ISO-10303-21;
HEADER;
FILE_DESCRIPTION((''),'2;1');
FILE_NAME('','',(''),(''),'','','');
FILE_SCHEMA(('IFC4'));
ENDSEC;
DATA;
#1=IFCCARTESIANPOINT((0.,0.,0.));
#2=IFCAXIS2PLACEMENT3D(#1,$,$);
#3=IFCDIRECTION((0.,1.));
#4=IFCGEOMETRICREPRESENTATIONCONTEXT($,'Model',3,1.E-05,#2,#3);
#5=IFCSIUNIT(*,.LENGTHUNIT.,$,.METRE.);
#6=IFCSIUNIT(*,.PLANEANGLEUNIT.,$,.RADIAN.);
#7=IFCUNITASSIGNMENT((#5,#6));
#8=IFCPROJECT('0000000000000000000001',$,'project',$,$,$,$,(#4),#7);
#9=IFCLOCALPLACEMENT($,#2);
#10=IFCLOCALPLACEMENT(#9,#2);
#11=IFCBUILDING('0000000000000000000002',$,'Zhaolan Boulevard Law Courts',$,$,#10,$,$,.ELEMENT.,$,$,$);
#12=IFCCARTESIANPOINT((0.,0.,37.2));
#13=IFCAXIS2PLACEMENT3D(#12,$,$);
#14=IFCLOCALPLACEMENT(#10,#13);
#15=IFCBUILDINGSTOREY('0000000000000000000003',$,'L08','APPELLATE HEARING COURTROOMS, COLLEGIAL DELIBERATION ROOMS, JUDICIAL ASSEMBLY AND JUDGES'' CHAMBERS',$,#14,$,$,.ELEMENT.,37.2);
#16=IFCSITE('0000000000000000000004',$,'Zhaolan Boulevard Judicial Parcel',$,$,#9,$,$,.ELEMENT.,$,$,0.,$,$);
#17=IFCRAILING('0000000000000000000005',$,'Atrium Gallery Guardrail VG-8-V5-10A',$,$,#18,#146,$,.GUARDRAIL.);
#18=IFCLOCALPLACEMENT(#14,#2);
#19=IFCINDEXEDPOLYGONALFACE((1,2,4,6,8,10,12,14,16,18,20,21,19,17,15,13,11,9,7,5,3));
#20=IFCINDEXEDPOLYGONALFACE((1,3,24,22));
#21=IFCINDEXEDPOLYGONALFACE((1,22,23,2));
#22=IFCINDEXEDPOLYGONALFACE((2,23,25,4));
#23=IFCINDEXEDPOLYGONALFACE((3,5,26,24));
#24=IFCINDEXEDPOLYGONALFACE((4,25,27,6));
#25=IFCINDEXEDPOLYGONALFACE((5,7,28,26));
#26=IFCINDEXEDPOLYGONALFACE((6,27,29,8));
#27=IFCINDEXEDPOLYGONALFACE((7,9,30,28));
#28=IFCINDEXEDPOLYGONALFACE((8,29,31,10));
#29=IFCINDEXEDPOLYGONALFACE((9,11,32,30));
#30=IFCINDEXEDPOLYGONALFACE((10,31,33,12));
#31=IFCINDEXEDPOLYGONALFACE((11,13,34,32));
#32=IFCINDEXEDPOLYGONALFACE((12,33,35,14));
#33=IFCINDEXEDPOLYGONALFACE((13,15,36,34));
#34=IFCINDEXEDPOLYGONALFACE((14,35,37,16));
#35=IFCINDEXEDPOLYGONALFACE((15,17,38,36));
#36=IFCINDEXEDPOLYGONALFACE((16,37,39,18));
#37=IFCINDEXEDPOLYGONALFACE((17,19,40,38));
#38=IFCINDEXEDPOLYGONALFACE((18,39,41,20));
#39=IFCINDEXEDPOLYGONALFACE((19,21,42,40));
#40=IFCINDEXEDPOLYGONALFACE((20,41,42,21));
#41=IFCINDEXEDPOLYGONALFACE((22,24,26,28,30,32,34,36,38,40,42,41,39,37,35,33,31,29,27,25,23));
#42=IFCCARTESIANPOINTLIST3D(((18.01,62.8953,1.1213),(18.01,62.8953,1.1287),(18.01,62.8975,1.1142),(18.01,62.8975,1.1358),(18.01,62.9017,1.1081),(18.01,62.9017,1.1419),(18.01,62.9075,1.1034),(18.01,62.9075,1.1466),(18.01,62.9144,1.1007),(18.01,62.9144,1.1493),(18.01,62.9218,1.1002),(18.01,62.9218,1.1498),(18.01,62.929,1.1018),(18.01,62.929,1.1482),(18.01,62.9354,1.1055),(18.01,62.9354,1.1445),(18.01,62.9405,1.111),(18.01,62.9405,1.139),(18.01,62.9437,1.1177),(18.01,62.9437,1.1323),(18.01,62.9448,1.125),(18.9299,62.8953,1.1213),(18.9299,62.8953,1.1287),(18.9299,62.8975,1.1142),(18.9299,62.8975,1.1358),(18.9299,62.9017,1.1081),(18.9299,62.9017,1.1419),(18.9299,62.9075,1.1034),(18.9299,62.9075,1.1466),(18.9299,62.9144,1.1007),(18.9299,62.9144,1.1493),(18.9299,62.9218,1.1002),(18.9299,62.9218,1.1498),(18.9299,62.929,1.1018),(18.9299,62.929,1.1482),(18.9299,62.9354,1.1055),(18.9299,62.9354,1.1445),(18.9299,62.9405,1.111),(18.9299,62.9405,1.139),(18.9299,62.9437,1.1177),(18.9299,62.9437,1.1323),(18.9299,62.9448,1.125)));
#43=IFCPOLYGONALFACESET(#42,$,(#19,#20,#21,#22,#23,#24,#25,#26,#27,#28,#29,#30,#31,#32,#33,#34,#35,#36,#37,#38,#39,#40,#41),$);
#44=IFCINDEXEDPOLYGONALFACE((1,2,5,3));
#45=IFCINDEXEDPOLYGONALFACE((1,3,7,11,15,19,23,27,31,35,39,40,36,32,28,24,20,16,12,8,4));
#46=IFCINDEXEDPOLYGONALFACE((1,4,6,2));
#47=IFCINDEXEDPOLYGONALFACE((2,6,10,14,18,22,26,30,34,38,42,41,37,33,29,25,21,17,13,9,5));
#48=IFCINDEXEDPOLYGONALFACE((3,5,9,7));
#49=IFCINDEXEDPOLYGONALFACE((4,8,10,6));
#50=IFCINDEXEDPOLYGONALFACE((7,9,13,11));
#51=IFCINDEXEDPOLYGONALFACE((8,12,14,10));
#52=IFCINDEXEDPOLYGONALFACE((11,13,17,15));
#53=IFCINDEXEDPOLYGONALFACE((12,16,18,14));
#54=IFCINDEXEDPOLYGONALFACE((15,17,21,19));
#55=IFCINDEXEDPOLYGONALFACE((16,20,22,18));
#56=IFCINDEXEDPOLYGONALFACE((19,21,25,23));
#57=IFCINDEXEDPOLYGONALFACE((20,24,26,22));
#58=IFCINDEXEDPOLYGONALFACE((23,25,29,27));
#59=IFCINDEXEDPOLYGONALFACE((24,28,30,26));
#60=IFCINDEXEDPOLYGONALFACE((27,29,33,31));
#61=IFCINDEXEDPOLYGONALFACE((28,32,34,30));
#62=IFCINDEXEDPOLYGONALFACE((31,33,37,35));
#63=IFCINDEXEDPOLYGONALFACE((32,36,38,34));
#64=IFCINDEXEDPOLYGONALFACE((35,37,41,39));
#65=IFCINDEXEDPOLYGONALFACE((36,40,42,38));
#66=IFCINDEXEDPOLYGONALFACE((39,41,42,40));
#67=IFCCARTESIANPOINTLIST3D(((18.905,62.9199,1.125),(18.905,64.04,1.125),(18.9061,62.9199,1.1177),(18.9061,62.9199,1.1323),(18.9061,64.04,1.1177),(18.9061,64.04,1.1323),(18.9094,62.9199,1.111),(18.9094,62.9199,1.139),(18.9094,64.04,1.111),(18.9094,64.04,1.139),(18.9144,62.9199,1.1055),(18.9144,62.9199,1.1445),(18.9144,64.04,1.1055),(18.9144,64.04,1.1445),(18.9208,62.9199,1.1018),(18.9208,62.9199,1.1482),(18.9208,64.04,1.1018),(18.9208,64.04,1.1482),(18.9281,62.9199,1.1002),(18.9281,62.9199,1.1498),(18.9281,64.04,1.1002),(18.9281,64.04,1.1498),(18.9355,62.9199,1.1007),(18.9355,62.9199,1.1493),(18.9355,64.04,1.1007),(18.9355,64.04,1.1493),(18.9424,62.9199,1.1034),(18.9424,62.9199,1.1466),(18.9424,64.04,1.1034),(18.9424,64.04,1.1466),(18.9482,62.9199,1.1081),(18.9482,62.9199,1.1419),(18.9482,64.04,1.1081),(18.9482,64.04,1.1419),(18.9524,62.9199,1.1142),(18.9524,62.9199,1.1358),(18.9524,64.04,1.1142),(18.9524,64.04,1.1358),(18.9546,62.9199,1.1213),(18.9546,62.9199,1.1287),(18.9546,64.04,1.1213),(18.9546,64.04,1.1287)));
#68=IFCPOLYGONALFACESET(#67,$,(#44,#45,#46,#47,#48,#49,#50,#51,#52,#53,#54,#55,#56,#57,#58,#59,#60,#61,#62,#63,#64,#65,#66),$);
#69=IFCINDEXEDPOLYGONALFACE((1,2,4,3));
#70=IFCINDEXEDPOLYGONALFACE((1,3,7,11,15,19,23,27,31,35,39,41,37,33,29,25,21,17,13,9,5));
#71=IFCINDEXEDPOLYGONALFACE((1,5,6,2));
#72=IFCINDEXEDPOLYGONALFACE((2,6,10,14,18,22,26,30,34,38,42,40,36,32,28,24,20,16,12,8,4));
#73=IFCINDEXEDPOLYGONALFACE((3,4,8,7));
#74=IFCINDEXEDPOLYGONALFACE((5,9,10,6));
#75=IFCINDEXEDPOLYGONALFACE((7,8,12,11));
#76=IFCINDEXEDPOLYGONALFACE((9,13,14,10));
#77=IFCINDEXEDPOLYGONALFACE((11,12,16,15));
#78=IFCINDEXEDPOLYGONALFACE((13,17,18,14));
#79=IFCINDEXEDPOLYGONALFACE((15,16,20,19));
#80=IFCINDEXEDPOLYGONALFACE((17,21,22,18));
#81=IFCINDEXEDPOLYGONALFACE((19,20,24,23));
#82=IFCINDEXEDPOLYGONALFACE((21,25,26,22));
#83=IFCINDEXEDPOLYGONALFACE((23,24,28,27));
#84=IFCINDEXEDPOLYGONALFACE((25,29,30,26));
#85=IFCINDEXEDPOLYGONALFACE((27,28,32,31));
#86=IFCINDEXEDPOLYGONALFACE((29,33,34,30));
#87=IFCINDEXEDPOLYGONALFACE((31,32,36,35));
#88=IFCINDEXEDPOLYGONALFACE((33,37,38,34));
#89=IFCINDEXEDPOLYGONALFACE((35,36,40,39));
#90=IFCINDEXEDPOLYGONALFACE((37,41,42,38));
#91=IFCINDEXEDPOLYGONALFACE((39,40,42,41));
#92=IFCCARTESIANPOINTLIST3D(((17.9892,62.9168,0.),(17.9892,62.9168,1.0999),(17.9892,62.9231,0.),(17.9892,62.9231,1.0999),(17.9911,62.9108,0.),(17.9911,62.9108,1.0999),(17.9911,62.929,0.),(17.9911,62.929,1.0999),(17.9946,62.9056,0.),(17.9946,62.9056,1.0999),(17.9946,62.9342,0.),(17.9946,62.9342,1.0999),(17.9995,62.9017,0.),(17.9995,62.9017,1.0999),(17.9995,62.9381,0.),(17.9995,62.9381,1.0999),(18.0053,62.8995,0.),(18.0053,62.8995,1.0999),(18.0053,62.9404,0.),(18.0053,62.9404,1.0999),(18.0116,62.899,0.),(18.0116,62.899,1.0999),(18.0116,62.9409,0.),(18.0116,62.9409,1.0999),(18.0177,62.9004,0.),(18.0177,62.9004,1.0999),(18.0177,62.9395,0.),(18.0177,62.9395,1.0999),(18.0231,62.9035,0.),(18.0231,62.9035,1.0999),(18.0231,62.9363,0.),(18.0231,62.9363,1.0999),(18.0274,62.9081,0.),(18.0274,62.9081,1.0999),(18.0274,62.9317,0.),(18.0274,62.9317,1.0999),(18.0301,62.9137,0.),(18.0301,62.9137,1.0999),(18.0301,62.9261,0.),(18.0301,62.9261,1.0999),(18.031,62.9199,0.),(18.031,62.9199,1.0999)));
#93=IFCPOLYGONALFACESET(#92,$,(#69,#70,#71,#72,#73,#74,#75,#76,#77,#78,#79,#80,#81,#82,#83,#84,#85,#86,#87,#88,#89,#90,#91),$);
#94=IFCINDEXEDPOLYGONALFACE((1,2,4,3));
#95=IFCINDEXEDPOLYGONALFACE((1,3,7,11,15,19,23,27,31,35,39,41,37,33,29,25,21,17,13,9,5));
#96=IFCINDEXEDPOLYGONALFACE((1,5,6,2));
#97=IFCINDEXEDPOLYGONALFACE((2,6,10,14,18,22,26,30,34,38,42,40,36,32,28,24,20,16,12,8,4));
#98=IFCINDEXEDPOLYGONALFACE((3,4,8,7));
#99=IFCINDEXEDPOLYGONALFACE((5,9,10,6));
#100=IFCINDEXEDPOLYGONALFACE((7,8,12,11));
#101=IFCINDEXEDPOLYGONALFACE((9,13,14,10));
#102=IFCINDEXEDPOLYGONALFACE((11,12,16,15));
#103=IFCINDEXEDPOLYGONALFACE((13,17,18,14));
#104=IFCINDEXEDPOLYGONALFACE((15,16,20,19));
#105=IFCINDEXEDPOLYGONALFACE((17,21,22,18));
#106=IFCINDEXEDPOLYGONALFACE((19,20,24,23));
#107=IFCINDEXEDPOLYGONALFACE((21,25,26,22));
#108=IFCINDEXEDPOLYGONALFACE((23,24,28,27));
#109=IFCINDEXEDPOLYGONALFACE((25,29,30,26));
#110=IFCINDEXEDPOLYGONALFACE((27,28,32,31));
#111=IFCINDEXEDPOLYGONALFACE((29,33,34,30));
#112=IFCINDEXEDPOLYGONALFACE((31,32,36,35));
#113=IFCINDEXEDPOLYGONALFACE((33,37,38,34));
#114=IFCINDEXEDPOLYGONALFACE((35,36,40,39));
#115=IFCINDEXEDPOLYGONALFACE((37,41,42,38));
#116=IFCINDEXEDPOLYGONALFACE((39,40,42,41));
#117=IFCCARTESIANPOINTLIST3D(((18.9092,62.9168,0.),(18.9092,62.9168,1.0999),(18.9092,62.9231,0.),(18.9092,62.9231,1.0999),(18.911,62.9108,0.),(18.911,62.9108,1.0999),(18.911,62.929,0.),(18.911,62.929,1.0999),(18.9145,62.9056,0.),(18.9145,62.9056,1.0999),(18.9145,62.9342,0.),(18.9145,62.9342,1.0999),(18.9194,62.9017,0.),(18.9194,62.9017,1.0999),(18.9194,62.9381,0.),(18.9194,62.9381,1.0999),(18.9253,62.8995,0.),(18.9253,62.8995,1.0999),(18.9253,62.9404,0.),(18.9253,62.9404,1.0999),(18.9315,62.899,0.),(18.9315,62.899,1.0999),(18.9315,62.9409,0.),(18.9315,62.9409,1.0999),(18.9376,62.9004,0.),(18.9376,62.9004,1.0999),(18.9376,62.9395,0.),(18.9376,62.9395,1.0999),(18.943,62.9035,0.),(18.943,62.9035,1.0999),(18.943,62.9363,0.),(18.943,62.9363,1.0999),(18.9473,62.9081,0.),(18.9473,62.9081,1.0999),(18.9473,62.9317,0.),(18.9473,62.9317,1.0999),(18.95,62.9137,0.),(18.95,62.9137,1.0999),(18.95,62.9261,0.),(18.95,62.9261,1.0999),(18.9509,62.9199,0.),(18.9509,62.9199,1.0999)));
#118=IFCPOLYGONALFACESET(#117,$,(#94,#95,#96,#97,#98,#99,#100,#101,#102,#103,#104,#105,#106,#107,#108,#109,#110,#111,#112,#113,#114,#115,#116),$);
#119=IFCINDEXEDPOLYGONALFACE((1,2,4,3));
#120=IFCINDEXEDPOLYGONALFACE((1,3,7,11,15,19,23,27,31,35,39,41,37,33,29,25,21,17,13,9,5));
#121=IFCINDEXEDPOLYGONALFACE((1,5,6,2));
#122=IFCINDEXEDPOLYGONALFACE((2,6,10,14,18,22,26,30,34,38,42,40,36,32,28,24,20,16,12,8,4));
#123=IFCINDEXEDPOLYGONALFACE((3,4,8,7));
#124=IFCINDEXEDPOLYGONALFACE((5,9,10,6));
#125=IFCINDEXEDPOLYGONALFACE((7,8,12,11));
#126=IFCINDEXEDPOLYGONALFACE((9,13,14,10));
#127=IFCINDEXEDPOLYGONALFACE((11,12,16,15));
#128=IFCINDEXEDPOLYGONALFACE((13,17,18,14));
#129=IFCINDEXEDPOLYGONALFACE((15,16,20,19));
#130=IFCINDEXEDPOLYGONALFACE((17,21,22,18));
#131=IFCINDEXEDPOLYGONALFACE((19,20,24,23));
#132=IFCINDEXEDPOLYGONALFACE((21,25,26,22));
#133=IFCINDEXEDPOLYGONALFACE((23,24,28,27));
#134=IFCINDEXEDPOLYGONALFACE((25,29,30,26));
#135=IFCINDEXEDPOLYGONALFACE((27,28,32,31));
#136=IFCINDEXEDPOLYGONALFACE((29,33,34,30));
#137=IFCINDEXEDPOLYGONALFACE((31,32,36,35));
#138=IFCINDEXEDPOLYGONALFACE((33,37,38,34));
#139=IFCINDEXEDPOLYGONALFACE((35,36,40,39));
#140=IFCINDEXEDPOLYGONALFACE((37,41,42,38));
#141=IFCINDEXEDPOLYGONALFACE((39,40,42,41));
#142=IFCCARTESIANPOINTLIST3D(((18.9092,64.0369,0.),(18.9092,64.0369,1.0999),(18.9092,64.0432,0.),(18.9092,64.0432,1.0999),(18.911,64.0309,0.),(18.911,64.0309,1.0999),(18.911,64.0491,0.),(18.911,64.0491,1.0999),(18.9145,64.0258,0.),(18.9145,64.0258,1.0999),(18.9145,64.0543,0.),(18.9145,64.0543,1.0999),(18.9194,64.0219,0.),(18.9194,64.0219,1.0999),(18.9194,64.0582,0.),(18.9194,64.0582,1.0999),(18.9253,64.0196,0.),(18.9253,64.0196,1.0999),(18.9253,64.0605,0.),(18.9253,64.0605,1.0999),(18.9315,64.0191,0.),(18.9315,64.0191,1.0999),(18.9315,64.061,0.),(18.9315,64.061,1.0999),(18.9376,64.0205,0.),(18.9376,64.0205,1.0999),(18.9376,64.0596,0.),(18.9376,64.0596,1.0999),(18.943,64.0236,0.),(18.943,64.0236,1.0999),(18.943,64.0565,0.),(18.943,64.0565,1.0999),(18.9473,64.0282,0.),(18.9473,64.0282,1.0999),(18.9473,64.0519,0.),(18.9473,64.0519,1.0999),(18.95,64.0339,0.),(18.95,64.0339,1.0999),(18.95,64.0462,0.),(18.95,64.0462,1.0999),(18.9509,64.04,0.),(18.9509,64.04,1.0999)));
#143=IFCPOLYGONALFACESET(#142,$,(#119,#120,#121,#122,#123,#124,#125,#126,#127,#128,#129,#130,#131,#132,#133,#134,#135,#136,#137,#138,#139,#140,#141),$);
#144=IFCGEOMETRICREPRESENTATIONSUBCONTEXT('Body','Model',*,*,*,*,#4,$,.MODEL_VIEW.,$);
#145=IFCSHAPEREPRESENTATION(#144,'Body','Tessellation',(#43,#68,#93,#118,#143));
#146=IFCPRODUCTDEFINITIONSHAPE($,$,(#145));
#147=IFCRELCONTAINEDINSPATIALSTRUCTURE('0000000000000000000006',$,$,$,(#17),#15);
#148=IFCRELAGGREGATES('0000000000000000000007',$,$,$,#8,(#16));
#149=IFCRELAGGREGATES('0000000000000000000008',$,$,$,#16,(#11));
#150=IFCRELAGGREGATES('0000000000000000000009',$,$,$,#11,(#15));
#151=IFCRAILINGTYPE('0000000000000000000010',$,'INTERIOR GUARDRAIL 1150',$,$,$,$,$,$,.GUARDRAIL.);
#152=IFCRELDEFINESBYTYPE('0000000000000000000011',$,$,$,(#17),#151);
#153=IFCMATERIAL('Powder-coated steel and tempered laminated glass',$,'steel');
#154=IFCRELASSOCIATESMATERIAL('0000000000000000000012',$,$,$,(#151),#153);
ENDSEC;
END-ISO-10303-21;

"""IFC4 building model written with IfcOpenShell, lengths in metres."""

from ifc_helpers import new_model, si_unit, direction, frame, origin, origin_2d, place, context, subcontext, project, spatial, circle, extrude, material, type_object, element, save


model = new_model("IFC4")

# Units and contexts
model_context = context("Model", 3, precision=1e-05, world=origin(), true_north=direction((0.0, 1.0)))
body_context = subcontext(model_context, "Body", "Model", "MODEL_VIEW")
ifc_project = project(units=[si_unit("LENGTHUNIT", "METRE"), si_unit("PLANEANGLEUNIT", "RADIAN")], contexts=[model_context])

# Site, building, storey
site_placement = place(None, origin())
site = spatial("IfcSite", under=ifc_project, at=site_placement, Name="Zhaolan Boulevard Judicial Parcel", CompositionType="ELEMENT", RefElevation=0.0)
building_placement = place(site_placement, origin())
building = spatial("IfcBuilding", under=site, at=building_placement, Name="Zhaolan Boulevard Law Courts", CompositionType="ELEMENT")
storey_placement = place(building_placement, frame((0.0, 0.0, 37.2)))
storey = spatial("IfcBuildingStorey", under=building, at=storey_placement, Name="L08", Description="APPELLATE HEARING COURTROOMS, COLLEGIAL DELIBERATION ROOMS, JUDICIAL ASSEMBLY AND JUDGES' CHAMBERS", CompositionType="ELEMENT", Elevation=37.2)

# Railing
ifc_material_1 = material(Name="Powder-coated steel and tempered laminated glass", Category="steel")
railing_type_1 = type_object("IfcRailingType", Name="INTERIOR GUARDRAIL 1150", PredefinedType="GUARDRAIL", material=ifc_material_1)
railing_1_placement = place(storey_placement, frame((18.01, 62.9199, 0.0)))
element("IfcRailing", 1, at=railing_1_placement, inside=storey, type_object=railing_type_1, Name="Atrium Gallery Guardrail VG-8-V5-10A", PredefinedType="GUARDRAIL", context=body_context, shape_type="SweptSolid", body=[
    extrude(circle(Radius=0.0249, at=origin_2d()), frame((0.0, 0.0, 1.125), z_axis=(1.0, 0.0, 0.0), x_axis=(0.0, 1.0, 0.0)), (0.0, 0.0, 1.0), 0.9199),
    extrude(circle(Radius=0.0249, at=origin_2d()), frame((0.9199, 0.0, 1.125), z_axis=(0.0, 1.0, 0.0), x_axis=(-1.0, 0.0, 0.0)), (0.0, 0.0, 1.0), 1.1201),
    extrude(circle(Radius=0.021, at=origin_2d()), origin(), (0.0, 0.0, 1.0), 1.0999),
    extrude(circle(Radius=0.021, at=origin_2d()), frame((0.9199, 0.0, 0.0)), (0.0, 0.0, 1.0), 1.0999),
    extrude(circle(Radius=0.021, at=origin_2d()), frame((0.9199, 1.1201, 0.0)), (0.0, 0.0, 1.0), 1.0999),
])

save(model, "model.ifc")
